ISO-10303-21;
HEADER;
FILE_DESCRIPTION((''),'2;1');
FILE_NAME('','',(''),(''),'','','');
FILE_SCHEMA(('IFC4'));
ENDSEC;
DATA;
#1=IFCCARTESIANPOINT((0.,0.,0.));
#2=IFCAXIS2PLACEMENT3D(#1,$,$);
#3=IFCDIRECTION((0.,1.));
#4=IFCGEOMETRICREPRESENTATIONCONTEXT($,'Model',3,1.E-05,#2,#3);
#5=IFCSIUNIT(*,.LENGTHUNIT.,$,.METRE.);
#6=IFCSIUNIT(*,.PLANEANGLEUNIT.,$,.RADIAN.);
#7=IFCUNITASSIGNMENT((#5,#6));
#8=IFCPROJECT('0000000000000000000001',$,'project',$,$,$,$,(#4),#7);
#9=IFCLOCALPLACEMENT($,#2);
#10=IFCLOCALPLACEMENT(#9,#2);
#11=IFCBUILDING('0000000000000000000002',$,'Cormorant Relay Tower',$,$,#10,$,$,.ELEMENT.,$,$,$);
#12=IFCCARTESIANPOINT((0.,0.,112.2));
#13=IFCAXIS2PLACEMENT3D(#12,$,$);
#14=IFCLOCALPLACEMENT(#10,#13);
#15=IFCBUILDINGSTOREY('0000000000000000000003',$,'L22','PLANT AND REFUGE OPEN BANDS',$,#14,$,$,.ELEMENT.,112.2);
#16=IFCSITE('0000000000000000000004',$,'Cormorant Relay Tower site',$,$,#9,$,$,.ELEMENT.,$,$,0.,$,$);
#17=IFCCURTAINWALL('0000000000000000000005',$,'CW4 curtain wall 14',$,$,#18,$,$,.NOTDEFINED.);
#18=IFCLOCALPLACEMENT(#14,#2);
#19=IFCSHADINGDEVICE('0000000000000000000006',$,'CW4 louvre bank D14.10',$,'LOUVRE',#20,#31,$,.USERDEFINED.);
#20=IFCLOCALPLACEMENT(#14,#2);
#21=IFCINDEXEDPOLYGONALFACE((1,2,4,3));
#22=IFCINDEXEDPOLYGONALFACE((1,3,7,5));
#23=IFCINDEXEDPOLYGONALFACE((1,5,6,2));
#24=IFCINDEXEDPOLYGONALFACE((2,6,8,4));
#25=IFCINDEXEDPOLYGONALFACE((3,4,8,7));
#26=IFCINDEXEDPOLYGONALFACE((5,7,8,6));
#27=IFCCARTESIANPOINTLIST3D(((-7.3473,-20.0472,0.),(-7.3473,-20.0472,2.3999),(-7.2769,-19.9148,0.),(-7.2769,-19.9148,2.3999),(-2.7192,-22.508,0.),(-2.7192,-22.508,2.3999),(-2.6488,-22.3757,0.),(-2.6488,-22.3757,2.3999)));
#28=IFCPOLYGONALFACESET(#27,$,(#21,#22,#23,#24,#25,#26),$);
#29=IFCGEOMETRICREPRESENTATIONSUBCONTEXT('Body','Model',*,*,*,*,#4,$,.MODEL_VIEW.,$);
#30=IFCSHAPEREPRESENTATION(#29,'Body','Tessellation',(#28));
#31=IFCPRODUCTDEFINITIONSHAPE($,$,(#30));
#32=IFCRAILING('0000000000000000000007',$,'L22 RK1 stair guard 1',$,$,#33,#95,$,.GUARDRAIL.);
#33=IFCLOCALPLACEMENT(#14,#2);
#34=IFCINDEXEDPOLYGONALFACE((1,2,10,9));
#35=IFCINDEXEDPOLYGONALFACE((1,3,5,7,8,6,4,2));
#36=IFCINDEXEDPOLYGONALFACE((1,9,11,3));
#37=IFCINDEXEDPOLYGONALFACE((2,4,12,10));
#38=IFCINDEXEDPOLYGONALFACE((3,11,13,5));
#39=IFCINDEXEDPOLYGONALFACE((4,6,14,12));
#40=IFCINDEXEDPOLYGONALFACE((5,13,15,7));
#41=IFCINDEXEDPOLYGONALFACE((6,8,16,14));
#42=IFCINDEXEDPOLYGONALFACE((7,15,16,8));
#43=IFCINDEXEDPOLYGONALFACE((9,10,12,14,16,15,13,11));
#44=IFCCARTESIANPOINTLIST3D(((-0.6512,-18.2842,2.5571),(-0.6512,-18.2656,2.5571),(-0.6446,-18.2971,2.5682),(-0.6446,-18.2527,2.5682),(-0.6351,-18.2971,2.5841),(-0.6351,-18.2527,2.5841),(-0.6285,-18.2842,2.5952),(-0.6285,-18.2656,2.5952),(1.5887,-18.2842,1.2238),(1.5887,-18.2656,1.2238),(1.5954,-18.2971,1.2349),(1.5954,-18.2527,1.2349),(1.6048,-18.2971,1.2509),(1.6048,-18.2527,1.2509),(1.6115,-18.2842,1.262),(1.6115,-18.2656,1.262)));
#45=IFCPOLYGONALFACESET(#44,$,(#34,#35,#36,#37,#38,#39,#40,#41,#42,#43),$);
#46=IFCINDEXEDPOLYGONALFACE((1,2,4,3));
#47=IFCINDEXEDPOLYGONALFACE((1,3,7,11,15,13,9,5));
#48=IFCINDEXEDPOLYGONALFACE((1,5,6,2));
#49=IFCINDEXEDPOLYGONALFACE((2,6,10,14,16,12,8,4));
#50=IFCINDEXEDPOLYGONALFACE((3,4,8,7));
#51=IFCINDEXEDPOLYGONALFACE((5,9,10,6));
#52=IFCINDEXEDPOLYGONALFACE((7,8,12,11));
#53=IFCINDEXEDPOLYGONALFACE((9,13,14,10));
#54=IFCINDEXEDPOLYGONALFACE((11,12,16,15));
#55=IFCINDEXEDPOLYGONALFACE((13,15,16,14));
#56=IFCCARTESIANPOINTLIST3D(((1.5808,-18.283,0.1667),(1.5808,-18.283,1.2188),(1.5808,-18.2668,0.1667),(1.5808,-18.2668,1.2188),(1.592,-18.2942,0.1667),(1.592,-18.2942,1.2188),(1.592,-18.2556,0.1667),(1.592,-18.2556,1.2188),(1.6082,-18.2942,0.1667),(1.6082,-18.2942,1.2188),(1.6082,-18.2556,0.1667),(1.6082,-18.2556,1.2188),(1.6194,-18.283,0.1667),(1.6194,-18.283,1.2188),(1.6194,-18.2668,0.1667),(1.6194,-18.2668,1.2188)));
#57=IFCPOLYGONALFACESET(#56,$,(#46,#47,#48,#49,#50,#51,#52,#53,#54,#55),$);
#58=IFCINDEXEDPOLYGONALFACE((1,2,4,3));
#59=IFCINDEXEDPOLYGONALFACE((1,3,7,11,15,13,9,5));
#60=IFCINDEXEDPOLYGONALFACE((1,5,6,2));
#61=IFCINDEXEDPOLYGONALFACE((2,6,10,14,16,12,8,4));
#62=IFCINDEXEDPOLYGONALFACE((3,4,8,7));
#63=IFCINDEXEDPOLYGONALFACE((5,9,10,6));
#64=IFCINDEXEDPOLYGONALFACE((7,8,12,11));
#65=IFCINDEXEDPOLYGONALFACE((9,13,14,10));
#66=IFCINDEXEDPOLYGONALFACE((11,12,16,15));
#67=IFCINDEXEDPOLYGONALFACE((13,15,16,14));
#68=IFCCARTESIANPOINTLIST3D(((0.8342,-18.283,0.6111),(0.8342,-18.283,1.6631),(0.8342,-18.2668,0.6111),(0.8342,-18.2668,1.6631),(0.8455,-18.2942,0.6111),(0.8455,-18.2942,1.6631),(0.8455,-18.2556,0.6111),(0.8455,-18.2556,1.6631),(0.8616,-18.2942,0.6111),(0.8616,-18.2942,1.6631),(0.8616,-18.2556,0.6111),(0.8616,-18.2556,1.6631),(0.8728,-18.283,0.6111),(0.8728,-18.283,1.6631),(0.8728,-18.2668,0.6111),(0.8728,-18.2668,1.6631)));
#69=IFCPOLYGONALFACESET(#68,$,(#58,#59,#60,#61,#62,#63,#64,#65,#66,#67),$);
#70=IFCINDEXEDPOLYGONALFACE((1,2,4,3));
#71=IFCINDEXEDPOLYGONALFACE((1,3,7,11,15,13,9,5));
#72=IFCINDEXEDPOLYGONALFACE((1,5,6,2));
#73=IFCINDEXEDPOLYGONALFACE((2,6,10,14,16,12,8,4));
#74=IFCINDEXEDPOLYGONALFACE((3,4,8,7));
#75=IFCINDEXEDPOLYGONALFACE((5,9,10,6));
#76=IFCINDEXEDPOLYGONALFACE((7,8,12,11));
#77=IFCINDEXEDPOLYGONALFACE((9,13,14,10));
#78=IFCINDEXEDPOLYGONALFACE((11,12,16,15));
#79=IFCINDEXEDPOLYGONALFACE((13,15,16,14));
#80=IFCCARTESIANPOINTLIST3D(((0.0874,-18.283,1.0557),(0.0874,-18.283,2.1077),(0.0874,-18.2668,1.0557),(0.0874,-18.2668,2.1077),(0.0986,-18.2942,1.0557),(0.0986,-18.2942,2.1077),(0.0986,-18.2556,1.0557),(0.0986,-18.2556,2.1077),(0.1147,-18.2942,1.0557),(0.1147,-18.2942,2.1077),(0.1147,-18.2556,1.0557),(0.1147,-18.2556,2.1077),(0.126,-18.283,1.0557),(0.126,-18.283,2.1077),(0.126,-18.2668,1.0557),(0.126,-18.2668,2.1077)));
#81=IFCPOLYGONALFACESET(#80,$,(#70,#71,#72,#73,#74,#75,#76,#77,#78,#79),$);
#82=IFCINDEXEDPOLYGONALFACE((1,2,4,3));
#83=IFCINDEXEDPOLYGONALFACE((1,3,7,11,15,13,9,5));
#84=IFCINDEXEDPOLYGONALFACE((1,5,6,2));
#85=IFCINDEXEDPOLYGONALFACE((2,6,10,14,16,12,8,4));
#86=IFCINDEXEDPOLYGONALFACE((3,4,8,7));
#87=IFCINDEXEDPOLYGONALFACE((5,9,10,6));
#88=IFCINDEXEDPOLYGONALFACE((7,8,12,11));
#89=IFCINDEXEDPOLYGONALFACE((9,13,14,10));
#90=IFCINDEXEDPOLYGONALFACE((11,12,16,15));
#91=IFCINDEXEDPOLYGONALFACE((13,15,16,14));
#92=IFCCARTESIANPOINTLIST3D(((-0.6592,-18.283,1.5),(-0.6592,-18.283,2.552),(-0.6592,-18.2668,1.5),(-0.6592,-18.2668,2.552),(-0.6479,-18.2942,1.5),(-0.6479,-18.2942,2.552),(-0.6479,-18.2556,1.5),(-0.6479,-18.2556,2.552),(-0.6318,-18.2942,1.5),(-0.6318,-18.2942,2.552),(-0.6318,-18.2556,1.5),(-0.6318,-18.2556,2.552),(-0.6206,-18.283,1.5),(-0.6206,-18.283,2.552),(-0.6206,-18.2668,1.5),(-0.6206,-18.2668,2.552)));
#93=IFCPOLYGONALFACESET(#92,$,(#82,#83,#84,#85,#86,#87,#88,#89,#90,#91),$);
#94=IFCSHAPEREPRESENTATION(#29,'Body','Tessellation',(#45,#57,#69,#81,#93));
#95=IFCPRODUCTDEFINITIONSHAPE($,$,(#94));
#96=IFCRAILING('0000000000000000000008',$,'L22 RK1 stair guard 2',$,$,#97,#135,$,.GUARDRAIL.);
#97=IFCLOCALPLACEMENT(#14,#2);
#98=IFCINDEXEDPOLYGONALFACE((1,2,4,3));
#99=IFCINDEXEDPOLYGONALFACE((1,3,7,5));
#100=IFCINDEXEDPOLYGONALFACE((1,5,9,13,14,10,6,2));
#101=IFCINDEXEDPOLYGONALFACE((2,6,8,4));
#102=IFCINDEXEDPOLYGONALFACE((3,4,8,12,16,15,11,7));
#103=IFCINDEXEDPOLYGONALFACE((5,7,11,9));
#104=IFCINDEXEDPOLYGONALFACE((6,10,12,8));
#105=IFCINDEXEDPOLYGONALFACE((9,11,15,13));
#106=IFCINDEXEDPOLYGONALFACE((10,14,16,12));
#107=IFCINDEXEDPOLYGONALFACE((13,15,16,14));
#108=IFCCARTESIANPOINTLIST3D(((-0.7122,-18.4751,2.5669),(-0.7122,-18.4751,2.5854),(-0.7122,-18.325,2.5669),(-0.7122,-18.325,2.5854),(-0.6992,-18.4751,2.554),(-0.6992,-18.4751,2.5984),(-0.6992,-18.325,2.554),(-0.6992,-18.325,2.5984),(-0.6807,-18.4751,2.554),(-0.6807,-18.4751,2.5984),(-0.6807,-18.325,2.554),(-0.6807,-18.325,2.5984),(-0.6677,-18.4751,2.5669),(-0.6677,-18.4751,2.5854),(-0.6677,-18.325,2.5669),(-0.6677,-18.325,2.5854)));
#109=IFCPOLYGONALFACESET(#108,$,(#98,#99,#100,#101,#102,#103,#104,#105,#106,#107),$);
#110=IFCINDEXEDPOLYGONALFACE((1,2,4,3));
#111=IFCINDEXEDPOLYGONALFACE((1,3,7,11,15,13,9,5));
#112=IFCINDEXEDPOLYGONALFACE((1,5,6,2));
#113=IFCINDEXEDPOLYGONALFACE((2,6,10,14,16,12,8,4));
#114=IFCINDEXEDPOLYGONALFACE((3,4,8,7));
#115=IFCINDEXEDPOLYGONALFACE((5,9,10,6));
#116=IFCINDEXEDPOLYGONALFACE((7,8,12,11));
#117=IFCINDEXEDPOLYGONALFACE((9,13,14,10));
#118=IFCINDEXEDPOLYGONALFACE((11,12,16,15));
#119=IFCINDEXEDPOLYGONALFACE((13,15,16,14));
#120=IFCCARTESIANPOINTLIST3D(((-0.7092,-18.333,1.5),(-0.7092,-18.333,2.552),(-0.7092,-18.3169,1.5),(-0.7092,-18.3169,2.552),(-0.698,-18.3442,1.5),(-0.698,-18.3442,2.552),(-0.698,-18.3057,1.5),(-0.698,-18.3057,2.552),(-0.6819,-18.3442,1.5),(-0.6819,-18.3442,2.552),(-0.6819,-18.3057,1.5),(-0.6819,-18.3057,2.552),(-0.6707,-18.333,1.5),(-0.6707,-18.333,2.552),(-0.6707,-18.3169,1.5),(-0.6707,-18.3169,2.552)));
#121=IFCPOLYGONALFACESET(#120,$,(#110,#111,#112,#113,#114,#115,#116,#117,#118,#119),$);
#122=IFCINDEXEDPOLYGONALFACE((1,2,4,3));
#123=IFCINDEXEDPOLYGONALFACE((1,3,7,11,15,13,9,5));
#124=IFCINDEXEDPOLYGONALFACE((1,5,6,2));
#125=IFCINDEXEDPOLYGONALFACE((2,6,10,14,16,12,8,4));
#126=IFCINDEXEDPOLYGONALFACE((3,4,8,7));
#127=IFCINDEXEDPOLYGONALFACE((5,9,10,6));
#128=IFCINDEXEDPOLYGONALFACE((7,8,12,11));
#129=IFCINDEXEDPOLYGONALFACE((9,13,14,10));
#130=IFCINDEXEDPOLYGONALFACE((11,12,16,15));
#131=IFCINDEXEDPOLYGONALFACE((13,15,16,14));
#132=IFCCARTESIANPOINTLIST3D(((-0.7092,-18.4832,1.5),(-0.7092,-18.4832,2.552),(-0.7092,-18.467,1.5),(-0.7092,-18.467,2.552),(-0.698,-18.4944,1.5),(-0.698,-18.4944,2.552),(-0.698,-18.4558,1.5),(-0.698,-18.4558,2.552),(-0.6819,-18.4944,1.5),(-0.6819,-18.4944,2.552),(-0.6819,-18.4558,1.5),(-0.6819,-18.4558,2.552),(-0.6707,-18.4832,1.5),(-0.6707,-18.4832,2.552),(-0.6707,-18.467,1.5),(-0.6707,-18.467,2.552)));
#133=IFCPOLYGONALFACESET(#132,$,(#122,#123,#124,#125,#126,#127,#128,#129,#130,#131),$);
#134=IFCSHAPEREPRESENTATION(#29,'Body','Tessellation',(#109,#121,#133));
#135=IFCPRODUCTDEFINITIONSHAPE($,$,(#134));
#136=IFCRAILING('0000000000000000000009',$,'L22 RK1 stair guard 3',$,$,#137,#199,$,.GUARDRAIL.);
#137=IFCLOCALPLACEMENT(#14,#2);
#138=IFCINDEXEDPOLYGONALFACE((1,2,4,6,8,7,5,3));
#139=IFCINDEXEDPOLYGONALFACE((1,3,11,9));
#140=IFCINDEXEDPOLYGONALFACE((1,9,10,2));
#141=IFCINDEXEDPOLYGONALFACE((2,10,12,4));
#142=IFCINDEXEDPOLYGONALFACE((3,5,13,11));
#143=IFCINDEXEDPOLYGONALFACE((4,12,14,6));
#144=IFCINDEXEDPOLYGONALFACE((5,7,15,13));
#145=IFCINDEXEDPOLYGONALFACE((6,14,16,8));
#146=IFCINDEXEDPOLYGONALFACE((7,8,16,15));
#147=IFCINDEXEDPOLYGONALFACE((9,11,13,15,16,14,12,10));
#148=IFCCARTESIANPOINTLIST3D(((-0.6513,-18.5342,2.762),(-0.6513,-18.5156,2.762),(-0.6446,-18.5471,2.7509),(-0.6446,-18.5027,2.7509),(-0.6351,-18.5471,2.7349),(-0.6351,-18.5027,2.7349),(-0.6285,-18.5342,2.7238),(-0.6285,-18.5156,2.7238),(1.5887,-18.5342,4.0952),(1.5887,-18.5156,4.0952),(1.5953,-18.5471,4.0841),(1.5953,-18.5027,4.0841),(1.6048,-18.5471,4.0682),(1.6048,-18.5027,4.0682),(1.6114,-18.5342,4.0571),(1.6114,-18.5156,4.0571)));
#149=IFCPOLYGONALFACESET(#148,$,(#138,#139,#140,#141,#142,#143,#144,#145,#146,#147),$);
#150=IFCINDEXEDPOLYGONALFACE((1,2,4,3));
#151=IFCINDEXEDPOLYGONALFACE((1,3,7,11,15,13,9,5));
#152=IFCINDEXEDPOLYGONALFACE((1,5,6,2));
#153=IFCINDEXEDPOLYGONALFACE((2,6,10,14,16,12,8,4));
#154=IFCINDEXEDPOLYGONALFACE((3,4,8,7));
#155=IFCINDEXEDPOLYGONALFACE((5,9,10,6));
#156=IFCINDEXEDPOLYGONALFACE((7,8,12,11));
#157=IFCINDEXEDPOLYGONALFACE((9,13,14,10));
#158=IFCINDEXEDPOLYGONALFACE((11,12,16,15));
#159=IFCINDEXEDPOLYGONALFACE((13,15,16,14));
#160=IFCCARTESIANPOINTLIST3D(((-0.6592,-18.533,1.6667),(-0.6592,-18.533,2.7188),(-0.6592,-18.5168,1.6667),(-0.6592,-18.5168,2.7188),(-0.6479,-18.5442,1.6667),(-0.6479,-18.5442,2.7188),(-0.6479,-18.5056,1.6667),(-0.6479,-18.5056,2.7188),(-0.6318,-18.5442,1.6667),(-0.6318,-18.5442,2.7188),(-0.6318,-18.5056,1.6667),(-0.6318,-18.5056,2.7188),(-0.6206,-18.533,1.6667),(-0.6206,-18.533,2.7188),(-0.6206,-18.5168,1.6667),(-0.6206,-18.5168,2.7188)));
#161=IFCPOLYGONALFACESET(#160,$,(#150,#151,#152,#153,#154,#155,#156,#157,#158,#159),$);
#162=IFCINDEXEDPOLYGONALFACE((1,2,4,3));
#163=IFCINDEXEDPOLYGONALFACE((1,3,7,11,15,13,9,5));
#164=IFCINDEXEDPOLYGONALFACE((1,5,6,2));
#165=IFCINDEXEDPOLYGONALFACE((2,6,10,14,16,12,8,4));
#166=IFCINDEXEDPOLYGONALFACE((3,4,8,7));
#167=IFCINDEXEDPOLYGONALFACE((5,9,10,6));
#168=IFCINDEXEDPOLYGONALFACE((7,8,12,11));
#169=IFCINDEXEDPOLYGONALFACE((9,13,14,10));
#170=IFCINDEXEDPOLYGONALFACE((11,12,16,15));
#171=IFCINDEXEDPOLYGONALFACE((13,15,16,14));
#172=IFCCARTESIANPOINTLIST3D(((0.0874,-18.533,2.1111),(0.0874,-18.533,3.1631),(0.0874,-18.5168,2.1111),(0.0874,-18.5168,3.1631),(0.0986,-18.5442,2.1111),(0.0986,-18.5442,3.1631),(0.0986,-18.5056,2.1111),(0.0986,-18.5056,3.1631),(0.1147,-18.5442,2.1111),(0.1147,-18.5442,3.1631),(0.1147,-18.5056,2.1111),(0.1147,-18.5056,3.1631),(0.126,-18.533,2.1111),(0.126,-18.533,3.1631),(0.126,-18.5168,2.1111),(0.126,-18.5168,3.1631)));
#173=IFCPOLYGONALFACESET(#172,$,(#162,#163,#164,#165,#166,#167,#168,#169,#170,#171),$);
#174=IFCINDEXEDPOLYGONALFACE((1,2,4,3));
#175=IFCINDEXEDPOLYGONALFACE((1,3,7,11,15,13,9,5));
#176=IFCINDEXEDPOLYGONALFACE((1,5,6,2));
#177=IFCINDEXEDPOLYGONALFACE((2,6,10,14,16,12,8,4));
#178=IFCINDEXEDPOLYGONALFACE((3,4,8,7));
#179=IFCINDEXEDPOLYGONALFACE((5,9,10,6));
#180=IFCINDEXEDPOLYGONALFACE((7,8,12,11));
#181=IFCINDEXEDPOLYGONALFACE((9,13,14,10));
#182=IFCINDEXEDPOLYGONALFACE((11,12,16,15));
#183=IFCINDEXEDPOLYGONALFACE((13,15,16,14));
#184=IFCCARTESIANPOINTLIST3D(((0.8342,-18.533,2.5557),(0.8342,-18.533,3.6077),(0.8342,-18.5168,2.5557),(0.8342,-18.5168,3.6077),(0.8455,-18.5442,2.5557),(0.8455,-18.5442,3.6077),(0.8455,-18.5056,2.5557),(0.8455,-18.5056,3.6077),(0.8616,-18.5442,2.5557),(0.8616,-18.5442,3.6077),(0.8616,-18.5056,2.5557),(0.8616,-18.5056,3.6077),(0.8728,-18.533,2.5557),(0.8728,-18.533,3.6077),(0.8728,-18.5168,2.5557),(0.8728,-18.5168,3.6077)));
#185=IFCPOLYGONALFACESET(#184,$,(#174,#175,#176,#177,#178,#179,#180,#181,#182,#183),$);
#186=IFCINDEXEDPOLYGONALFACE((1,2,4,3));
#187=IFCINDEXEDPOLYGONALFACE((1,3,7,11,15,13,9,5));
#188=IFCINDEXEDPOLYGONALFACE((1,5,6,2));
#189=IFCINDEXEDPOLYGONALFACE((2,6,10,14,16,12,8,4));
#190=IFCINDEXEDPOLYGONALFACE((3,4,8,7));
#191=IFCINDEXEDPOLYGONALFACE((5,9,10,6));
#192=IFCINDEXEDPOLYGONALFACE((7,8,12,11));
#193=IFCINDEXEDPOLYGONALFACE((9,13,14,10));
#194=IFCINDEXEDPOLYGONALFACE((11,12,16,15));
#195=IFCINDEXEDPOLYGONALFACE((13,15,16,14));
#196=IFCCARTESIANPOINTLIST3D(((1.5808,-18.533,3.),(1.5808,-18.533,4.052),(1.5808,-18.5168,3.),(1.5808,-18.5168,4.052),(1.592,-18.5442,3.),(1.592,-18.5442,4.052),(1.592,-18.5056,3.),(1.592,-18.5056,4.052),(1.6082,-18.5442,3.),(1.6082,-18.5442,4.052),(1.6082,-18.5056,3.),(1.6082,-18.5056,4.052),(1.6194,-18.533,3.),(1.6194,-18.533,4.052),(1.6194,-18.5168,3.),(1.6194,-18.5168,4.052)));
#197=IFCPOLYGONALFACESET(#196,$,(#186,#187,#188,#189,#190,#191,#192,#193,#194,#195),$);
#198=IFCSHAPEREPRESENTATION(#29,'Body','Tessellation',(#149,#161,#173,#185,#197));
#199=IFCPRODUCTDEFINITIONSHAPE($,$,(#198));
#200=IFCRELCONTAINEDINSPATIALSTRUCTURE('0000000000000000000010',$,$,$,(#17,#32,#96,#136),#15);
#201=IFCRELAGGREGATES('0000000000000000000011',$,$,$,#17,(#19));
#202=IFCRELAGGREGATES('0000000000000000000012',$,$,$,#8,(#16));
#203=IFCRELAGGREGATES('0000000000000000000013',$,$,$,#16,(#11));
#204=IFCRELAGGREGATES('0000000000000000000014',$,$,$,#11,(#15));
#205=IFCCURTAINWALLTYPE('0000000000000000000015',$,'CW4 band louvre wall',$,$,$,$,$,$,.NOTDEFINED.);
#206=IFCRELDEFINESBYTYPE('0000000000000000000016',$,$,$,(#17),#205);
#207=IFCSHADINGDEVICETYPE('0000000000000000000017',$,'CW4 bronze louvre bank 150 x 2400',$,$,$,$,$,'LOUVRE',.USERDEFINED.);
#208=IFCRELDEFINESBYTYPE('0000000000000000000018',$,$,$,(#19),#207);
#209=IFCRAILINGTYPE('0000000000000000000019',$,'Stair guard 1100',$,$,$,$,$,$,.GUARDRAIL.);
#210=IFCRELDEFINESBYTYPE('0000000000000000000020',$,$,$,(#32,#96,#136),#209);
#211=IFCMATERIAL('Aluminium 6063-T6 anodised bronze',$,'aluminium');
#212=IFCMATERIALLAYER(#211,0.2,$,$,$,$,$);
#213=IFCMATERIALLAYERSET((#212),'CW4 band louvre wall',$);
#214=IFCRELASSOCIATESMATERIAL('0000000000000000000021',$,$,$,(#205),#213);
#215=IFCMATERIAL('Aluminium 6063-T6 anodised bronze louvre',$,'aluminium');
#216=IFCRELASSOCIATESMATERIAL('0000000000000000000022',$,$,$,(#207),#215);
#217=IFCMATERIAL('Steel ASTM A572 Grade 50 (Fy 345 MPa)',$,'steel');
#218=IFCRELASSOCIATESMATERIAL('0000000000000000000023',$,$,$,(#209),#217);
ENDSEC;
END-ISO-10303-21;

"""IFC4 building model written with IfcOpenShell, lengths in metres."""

from ifc_helpers import new_model, si_unit, direction, frame, origin, origin_2d, place, context, subcontext, project, spatial, polyline, rectangle, outline, extrude, material, layer, layer_set, type_object, element, aggregate, save


model = new_model("IFC4")

# Units and contexts
model_context = context("Model", 3, precision=1e-05, world=origin(), true_north=direction((0.0, 1.0)))
body_context = subcontext(model_context, "Body", "Model", "MODEL_VIEW")
ifc_project = project(units=[si_unit("LENGTHUNIT", "METRE"), si_unit("PLANEANGLEUNIT", "RADIAN")], contexts=[model_context])

# Site, building, storey
site_placement = place(None, origin())
site = spatial("IfcSite", under=ifc_project, at=site_placement, Name="Cormorant Relay Tower site", CompositionType="ELEMENT", RefElevation=0.0)
building_placement = place(site_placement, origin())
building = spatial("IfcBuilding", under=site, at=building_placement, Name="Cormorant Relay Tower", CompositionType="ELEMENT")
storey_placement = place(building_placement, frame((0.0, 0.0, 112.2)))
storey = spatial("IfcBuildingStorey", under=building, at=storey_placement, Name="L22", Description="PLANT AND REFUGE OPEN BANDS", CompositionType="ELEMENT", Elevation=112.2)

# Shared definitions
ifc_material_1 = material(Name="Aluminium 6063-T6 anodised bronze", Category="aluminium")
ifc_layer_1 = layer(ifc_material_1, 0.2)
ifc_layer_set_1 = layer_set([ifc_layer_1], Name="CW4 band louvre wall")
curtain_wall_type = type_object("IfcCurtainWallType", Name="CW4 band louvre wall", PredefinedType="NOTDEFINED", material=ifc_layer_set_1)

# Curtain wall
curtain_wall_1_placement = place(storey_placement, origin())
curtain_wall_1 = element("IfcCurtainWall", 1, at=curtain_wall_1_placement, inside=storey, type_object=curtain_wall_type, Name="CW4 curtain wall 14", PredefinedType="NOTDEFINED")

# Shading device
ifc_material_2 = material(Name="Aluminium 6063-T6 anodised bronze louvre", Category="aluminium")
shading_device_type = type_object("IfcShadingDeviceType", Name="CW4 bronze louvre bank 150 x 2400", ElementType="LOUVRE", PredefinedType="USERDEFINED", material=ifc_material_2)
shading_device_1_placement = place(storey_placement, frame((-4.998, -21.2114, 0.0), z_axis=(0.0, 0.0, 1.0), x_axis=(0.882948, -0.469472, 0.0)))
shading_device_1 = element("IfcShadingDevice", 2, at=shading_device_1_placement, type_object=shading_device_type, Name="CW4 louvre bank D14.10", ObjectType="LOUVRE", PredefinedType="USERDEFINED", context=body_context, shape_type="SweptSolid", body=[
    extrude(rectangle(XDim=5.2417, YDim=0.1499, at=origin_2d()), origin(), (0.0, 0.0, 1.0), 2.3999),
])
aggregate(curtain_wall_1, [shading_device_1])

# Railings
ifc_material_3 = material(Name="Steel ASTM A572 Grade 50 (Fy 345 MPa)", Category="steel")
railing_type_1 = type_object("IfcRailingType", Name="Stair guard 1100", PredefinedType="GUARDRAIL", material=ifc_material_3)
railing_1_placement = place(storey_placement, frame((1.6001, -18.2749, 0.1667)))
element("IfcRailing", 3, at=railing_1_placement, inside=storey, type_object=railing_type_1, Name="L22 RK1 stair guard 1", PredefinedType="GUARDRAIL", context=body_context, shape_type="SweptSolid", body=[
    extrude(outline(polyline([(0.0222, 0.0093), (0.0093, 0.0222), (-0.0093, 0.0222), (-0.0222, 0.0093), (-0.0222, -0.0093), (-0.0093, -0.0222), (0.0093, -0.0222), (0.0222, -0.0093), (0.0222, 0.0093)])), frame((0.0, 0.0, 1.0762), z_axis=(-0.859306, 0.0, 0.511462), x_axis=(0.0, -1.0, 0.0)), (0.0, 0.0, 1.0), 2.6067),
    extrude(outline(polyline([(0.0193, 0.0081), (0.0081, 0.0193), (-0.0081, 0.0193), (-0.0193, 0.0081), (-0.0193, -0.0081), (-0.0081, -0.0193), (0.0081, -0.0193), (0.0193, -0.0081), (0.0193, 0.0081)])), origin(), (0.0, 0.0, 1.0), 1.052),
    extrude(outline(polyline([(0.0193, 0.0081), (0.0081, 0.0193), (-0.0081, 0.0193), (-0.0193, 0.0081), (-0.0193, -0.0081), (-0.0081, -0.0193), (0.0081, -0.0193), (0.0193, -0.0081), (0.0193, 0.0081)])), frame((-0.7466, 0.0, 0.4443)), (0.0, 0.0, 1.0), 1.052),
    extrude(outline(polyline([(0.0193, 0.0081), (0.0081, 0.0193), (-0.0081, 0.0193), (-0.0193, 0.0081), (-0.0193, -0.0081), (-0.0081, -0.0193), (0.0081, -0.0193), (0.0193, -0.0081), (0.0193, 0.0081)])), frame((-1.4934, 0.0, 0.8889)), (0.0, 0.0, 1.0), 1.052),
    extrude(outline(polyline([(0.0193, 0.0081), (0.0081, 0.0193), (-0.0081, 0.0193), (-0.0193, 0.0081), (-0.0193, -0.0081), (-0.0081, -0.0193), (0.0081, -0.0193), (0.0193, -0.0081), (0.0193, 0.0081)])), frame((-2.24, 0.0, 1.3333)), (0.0, 0.0, 1.0), 1.052),
])
railing_2_placement = place(storey_placement, frame((-0.6899, -18.325, 1.5)))
element("IfcRailing", 4, at=railing_2_placement, inside=storey, type_object=railing_type_1, Name="L22 RK1 stair guard 2", PredefinedType="GUARDRAIL", context=body_context, shape_type="SweptSolid", body=[
    extrude(outline(polyline([(0.0222, 0.0093), (0.0093, 0.0222), (-0.0093, 0.0222), (-0.0222, 0.0093), (-0.0222, -0.0093), (-0.0093, -0.0222), (0.0093, -0.0222), (0.0222, -0.0093), (0.0222, 0.0093)])), frame((0.0, 0.0, 1.0762), z_axis=(0.0, -1.0, 0.0), x_axis=(1.0, 0.0, 0.0)), (0.0, 0.0, 1.0), 0.1501),
    extrude(outline(polyline([(0.0193, 0.0081), (0.0081, 0.0193), (-0.0081, 0.0193), (-0.0193, 0.0081), (-0.0193, -0.0081), (-0.0081, -0.0193), (0.0081, -0.0193), (0.0193, -0.0081), (0.0193, 0.0081)])), origin(), (0.0, 0.0, 1.0), 1.052),
    extrude(outline(polyline([(0.0193, 0.0081), (0.0081, 0.0193), (-0.0081, 0.0193), (-0.0193, 0.0081), (-0.0193, -0.0081), (-0.0081, -0.0193), (0.0081, -0.0193), (0.0193, -0.0081), (0.0193, 0.0081)])), frame((0.0, -0.1501, 0.0)), (0.0, 0.0, 1.0), 1.052),
])
railing_3_placement = place(storey_placement, frame((-0.6399, -18.5249, 1.6667)))
element("IfcRailing", 5, at=railing_3_placement, inside=storey, type_object=railing_type_1, Name="L22 RK1 stair guard 3", PredefinedType="GUARDRAIL", context=body_context, shape_type="SweptSolid", body=[
    extrude(outline(polyline([(0.0222, 0.0093), (0.0093, 0.0222), (-0.0093, 0.0222), (-0.0222, 0.0093), (-0.0222, -0.0093), (-0.0093, -0.0222), (0.0093, -0.0222), (0.0222, -0.0093), (0.0222, 0.0093)])), frame((0.0, 0.0, 1.0762), z_axis=(0.859306, 0.0, 0.511462), x_axis=(0.0, 1.0, 0.0)), (0.0, 0.0, 1.0), 2.6067),
    extrude(outline(polyline([(0.0193, 0.0081), (0.0081, 0.0193), (-0.0081, 0.0193), (-0.0193, 0.0081), (-0.0193, -0.0081), (-0.0081, -0.0193), (0.0081, -0.0193), (0.0193, -0.0081), (0.0193, 0.0081)])), origin(), (0.0, 0.0, 1.0), 1.052),
    extrude(outline(polyline([(0.0193, 0.0081), (0.0081, 0.0193), (-0.0081, 0.0193), (-0.0193, 0.0081), (-0.0193, -0.0081), (-0.0081, -0.0193), (0.0081, -0.0193), (0.0193, -0.0081), (0.0193, 0.0081)])), frame((0.7466, 0.0, 0.4443)), (0.0, 0.0, 1.0), 1.052),
    extrude(outline(polyline([(0.0193, 0.0081), (0.0081, 0.0193), (-0.0081, 0.0193), (-0.0193, 0.0081), (-0.0193, -0.0081), (-0.0081, -0.0193), (0.0081, -0.0193), (0.0193, -0.0081), (0.0193, 0.0081)])), frame((1.4934, 0.0, 0.8889)), (0.0, 0.0, 1.0), 1.052),
    extrude(outline(polyline([(0.0193, 0.0081), (0.0081, 0.0193), (-0.0081, 0.0193), (-0.0193, 0.0081), (-0.0193, -0.0081), (-0.0081, -0.0193), (0.0081, -0.0193), (0.0193, -0.0081), (0.0193, 0.0081)])), frame((2.24, 0.0, 1.3333)), (0.0, 0.0, 1.0), 1.052),
])

save(model, "model.ifc")
